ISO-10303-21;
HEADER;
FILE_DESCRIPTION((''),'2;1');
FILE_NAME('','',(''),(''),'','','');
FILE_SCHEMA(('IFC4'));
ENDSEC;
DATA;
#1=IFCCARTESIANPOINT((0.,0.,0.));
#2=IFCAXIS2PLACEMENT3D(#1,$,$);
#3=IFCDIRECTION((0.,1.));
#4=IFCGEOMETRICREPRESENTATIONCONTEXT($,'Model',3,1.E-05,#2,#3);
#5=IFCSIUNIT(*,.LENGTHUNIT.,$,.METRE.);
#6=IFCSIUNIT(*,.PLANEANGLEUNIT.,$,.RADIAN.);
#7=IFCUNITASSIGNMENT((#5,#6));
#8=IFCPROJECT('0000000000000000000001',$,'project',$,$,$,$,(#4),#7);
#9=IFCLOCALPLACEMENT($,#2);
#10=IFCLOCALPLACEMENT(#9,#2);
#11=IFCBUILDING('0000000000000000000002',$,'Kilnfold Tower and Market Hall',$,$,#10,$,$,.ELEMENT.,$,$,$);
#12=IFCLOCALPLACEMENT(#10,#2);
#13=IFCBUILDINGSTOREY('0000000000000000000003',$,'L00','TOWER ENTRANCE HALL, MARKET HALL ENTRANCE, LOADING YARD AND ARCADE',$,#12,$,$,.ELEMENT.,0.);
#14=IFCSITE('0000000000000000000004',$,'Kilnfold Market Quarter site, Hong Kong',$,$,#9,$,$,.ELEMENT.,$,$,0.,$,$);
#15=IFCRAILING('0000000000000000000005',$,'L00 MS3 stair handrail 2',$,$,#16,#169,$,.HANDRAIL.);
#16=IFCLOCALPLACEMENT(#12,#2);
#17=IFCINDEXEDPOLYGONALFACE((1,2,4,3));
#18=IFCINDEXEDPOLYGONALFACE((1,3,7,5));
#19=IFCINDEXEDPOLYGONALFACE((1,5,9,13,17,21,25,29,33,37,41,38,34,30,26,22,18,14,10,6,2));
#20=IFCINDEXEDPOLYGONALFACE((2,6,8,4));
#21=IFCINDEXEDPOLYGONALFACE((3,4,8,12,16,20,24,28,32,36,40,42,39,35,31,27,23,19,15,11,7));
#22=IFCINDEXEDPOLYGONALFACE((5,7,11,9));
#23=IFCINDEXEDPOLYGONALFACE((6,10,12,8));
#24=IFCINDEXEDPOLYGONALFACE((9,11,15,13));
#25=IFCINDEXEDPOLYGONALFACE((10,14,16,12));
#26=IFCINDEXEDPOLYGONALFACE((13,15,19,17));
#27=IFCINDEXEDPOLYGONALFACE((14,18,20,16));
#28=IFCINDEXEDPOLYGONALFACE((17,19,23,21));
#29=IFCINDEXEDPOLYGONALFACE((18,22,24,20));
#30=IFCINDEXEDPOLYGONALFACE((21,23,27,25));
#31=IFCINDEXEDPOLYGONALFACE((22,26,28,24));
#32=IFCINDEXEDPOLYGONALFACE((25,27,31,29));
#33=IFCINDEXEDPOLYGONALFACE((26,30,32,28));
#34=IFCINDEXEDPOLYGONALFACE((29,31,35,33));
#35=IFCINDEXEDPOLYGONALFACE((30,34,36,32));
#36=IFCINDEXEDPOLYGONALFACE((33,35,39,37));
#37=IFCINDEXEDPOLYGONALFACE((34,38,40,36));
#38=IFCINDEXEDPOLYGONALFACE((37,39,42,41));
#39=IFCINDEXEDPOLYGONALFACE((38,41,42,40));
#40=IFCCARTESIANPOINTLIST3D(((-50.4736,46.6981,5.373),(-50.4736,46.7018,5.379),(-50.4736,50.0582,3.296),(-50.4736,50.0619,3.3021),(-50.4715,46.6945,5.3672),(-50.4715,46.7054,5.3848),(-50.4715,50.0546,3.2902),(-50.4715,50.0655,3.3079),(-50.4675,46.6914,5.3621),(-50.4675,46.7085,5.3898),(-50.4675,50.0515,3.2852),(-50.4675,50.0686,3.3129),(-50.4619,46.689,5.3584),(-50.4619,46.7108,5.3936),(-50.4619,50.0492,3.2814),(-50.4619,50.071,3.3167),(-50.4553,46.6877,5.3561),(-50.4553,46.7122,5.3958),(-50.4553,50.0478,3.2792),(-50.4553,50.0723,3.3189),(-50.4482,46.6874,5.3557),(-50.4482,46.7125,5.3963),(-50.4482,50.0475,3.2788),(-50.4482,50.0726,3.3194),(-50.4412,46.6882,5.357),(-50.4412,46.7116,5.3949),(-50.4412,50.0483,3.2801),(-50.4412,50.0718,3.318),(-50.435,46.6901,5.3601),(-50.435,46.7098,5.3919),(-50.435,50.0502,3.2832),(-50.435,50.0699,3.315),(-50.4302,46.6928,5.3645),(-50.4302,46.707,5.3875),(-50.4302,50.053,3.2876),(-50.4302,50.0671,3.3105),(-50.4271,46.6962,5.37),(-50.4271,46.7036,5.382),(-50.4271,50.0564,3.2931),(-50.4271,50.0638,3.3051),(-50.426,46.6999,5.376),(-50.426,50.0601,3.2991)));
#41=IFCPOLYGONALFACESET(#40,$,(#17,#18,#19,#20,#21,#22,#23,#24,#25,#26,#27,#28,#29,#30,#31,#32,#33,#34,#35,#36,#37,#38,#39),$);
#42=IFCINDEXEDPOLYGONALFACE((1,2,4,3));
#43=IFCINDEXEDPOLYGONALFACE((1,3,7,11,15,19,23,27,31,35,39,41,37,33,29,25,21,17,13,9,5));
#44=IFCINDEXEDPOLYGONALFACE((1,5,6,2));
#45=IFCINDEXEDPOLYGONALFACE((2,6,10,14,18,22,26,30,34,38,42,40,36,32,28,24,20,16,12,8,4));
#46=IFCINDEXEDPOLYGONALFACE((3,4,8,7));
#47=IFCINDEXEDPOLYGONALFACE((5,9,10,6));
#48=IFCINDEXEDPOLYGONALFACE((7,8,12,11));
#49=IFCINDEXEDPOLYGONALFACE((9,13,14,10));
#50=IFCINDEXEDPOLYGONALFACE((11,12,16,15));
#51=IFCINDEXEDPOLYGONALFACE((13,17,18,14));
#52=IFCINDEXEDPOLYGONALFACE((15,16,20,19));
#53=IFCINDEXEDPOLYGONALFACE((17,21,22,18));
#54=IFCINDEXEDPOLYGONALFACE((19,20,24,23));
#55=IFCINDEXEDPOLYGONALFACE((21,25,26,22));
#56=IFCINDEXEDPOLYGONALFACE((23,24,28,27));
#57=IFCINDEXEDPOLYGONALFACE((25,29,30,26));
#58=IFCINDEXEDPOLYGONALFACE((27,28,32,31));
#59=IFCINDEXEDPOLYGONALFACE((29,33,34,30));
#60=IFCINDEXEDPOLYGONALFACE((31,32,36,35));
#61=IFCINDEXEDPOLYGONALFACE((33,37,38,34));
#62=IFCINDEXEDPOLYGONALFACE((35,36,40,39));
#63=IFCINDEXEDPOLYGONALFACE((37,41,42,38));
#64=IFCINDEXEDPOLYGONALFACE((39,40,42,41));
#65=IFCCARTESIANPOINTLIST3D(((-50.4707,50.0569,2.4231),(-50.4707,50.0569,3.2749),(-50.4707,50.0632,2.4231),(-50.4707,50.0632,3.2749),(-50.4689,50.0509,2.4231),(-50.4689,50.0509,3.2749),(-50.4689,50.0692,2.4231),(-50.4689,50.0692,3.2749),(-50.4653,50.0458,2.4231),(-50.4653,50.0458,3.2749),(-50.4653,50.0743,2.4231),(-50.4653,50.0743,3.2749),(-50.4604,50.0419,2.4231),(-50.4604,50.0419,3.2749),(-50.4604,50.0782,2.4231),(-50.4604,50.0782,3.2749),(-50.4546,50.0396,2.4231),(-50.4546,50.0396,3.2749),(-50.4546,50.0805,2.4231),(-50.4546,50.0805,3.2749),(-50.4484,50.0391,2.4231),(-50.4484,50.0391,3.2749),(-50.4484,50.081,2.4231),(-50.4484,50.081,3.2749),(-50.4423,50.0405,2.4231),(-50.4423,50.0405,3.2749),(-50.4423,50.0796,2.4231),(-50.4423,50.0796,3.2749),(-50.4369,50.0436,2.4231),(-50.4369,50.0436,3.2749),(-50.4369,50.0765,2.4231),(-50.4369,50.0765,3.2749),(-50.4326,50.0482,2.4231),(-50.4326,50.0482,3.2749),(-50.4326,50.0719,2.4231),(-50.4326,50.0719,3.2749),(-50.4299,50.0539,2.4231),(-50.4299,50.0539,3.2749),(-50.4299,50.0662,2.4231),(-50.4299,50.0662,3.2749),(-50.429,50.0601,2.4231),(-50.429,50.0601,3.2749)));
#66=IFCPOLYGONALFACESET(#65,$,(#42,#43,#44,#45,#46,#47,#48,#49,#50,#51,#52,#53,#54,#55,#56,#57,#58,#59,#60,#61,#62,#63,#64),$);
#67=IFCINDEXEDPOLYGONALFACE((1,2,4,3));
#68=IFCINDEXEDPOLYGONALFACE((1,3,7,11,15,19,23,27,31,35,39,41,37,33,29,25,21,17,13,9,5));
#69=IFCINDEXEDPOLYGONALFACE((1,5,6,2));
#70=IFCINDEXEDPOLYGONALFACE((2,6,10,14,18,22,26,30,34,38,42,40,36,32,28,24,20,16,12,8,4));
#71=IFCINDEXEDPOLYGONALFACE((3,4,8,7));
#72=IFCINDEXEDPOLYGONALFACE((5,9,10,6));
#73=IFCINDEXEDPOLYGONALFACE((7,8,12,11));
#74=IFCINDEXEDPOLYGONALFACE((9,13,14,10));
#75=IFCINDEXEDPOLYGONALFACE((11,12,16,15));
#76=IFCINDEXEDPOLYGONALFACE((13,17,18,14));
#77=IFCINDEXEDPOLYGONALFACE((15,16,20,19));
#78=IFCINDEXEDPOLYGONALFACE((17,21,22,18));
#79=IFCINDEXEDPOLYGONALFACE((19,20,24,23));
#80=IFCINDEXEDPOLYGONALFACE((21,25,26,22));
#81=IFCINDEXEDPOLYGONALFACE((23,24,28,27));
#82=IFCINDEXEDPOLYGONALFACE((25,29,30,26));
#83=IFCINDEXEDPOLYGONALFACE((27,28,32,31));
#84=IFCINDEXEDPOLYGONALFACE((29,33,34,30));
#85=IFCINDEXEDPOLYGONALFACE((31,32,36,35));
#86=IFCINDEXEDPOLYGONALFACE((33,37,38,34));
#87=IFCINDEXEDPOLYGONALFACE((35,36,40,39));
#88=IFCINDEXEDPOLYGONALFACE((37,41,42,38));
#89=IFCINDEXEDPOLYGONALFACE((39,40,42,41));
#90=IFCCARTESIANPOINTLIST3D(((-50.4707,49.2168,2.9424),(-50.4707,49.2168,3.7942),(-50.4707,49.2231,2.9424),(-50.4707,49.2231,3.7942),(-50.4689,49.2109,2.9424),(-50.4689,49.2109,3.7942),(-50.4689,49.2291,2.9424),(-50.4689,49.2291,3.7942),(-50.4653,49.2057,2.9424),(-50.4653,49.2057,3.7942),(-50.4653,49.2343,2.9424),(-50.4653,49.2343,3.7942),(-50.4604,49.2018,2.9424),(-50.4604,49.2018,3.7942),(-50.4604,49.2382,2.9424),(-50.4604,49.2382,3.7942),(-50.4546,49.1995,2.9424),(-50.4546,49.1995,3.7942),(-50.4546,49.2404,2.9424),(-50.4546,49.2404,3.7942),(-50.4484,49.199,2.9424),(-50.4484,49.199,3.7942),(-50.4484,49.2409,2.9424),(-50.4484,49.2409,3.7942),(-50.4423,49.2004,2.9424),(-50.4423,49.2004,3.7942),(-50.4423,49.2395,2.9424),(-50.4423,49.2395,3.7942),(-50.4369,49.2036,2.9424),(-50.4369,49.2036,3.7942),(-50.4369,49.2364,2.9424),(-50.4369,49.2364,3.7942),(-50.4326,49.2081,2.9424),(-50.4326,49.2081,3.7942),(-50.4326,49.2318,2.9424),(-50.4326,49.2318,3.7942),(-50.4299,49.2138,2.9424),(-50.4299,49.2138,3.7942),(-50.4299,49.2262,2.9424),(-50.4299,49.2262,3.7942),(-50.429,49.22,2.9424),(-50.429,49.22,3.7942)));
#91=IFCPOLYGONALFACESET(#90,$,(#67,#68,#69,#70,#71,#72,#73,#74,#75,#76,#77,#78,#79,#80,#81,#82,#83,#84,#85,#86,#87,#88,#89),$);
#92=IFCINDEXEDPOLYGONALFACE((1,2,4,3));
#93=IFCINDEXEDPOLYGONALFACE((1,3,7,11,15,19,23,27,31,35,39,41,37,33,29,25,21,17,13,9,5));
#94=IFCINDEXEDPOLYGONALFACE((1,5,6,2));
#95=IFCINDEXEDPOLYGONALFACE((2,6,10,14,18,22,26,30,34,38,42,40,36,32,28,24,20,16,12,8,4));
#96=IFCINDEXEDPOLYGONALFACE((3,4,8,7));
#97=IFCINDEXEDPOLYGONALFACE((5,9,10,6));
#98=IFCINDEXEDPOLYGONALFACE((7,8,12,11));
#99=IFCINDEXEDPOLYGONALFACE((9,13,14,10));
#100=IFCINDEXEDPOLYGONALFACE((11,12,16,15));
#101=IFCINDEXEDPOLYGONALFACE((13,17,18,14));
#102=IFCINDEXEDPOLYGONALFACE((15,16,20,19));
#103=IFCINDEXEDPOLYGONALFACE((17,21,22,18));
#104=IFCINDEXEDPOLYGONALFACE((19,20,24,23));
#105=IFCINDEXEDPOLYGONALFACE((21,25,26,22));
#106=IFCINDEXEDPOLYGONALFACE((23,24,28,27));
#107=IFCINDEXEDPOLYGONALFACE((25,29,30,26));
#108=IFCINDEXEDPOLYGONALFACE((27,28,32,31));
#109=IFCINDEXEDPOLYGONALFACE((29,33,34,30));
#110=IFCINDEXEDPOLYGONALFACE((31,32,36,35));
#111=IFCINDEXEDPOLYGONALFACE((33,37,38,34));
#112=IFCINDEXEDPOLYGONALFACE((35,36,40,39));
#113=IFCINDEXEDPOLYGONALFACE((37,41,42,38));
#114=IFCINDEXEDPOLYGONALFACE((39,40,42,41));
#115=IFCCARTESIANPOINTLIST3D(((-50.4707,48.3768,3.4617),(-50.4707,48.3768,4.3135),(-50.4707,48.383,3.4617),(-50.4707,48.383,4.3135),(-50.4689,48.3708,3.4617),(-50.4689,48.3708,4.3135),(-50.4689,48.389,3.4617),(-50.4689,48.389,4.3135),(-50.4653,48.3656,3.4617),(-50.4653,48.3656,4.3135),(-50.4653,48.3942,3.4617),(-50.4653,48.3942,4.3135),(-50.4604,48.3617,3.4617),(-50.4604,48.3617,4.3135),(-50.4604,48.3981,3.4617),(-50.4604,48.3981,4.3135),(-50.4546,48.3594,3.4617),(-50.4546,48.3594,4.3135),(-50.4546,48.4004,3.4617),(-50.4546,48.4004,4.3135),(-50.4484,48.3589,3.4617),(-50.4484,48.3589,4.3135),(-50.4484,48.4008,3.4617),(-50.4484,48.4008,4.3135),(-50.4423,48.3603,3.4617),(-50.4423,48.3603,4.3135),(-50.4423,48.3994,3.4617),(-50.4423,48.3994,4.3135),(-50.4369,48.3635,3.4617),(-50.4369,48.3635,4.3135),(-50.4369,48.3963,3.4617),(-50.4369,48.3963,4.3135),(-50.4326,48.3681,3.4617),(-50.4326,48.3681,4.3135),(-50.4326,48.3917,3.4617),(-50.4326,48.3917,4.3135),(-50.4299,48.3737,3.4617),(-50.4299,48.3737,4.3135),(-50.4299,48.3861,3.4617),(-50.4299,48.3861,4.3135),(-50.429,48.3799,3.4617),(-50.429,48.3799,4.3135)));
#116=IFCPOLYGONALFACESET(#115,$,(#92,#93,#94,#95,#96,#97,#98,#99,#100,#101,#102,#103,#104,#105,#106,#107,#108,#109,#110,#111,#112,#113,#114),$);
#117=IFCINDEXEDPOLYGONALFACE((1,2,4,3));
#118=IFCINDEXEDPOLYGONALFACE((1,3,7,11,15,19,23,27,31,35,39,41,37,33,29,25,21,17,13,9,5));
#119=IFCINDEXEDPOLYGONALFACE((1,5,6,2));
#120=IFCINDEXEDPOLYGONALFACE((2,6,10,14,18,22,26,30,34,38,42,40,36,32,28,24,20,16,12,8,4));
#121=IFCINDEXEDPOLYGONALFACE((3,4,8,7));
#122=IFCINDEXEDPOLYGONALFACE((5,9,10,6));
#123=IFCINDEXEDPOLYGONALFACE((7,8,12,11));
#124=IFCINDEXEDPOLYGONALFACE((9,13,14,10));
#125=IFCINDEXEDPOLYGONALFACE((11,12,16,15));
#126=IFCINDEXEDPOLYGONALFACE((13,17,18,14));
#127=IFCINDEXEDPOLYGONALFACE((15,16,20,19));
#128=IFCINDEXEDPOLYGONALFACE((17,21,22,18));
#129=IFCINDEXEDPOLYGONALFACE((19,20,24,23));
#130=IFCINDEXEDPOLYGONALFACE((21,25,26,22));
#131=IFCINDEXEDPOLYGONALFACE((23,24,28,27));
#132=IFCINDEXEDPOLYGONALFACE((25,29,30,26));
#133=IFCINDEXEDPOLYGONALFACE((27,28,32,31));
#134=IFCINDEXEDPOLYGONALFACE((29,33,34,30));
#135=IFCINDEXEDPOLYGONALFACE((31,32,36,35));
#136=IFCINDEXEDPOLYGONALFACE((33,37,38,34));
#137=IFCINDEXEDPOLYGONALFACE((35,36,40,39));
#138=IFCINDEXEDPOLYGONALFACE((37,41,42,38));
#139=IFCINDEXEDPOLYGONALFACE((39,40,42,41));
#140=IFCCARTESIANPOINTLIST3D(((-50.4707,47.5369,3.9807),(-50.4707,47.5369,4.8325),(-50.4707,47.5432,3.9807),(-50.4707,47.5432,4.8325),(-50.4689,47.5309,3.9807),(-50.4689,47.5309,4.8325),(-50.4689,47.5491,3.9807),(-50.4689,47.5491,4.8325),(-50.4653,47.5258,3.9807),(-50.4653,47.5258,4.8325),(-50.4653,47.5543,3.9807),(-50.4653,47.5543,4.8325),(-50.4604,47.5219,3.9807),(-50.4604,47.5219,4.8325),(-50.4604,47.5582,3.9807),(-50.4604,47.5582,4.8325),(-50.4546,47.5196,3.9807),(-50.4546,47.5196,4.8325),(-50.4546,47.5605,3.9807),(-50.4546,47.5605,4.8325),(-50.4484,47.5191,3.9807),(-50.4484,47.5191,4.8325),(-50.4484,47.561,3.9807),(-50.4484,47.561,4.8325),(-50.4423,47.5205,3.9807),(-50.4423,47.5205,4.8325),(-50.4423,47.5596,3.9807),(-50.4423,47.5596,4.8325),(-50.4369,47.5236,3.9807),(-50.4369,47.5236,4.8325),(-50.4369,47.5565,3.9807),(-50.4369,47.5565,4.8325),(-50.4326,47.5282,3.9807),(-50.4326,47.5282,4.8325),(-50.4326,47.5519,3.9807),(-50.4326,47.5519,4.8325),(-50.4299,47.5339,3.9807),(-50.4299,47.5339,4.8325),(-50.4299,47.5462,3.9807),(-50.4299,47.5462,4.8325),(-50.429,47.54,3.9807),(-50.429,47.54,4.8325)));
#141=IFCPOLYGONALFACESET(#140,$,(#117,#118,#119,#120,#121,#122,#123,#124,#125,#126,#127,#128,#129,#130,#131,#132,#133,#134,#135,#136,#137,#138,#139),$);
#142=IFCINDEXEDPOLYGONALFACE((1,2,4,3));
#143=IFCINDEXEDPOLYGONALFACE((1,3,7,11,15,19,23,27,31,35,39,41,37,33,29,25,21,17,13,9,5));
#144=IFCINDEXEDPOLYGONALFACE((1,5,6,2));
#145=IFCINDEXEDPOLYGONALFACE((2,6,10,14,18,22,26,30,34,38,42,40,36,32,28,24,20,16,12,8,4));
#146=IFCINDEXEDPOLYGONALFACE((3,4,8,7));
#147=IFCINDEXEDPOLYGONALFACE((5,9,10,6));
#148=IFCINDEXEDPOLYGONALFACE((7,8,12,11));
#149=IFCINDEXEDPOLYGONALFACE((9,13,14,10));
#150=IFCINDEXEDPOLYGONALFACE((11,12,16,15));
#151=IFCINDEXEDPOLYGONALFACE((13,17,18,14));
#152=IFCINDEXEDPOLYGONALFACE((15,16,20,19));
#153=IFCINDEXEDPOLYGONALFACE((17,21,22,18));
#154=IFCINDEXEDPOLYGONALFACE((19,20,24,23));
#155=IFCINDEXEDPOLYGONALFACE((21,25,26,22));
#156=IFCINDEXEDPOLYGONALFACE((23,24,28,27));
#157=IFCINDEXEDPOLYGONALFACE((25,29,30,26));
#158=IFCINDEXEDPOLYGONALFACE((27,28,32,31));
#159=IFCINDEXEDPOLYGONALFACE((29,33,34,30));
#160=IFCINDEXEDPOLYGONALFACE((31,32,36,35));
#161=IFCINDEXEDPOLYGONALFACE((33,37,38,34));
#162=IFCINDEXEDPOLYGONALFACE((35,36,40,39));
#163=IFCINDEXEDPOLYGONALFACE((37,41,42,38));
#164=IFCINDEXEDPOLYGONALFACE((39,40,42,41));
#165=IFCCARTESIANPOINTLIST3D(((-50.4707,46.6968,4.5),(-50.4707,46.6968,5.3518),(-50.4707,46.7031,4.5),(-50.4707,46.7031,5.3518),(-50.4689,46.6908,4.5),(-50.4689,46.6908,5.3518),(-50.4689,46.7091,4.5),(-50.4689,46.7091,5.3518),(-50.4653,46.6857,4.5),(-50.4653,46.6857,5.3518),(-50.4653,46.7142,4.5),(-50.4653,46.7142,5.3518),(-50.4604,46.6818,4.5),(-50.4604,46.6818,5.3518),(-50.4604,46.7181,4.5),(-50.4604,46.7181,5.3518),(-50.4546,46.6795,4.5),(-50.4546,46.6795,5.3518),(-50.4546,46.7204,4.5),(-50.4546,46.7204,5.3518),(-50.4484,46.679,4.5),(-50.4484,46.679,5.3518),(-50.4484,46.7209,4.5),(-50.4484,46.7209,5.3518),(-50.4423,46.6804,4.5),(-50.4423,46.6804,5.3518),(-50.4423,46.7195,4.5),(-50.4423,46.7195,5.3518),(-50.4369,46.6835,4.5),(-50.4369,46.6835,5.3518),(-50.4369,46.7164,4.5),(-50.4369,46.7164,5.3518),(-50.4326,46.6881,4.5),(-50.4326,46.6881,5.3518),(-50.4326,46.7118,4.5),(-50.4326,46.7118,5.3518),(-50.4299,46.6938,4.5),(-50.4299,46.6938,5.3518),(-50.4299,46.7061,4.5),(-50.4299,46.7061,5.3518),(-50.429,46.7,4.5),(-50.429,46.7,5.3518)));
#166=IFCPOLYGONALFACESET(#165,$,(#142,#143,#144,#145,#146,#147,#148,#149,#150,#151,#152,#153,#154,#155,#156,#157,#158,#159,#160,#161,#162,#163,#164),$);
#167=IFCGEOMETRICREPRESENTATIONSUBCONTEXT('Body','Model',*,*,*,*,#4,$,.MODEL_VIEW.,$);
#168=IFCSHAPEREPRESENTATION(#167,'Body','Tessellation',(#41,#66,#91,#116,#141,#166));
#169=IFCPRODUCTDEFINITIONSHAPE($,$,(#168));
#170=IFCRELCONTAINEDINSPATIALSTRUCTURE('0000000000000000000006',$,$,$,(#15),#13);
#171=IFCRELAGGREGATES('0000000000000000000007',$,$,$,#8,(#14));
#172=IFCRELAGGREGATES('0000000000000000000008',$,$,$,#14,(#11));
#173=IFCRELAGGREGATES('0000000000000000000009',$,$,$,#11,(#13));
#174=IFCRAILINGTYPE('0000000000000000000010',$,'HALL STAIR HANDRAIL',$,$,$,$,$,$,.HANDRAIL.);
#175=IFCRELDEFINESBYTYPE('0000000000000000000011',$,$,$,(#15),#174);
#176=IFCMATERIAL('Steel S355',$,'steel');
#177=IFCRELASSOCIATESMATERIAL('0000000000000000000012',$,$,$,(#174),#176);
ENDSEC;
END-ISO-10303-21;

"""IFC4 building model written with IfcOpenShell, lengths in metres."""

from ifc_helpers import new_model, si_unit, direction, frame, origin, origin_2d, place, context, subcontext, project, spatial, circle, extrude, material, type_object, element, save


model = new_model("IFC4")

# Units and contexts
model_context = context("Model", 3, precision=1e-05, world=origin(), true_north=direction((0.0, 1.0)))
body_context = subcontext(model_context, "Body", "Model", "MODEL_VIEW")
ifc_project = project(units=[si_unit("LENGTHUNIT", "METRE"), si_unit("PLANEANGLEUNIT", "RADIAN")], contexts=[model_context])

# Site, building, storey
site_placement = place(None, origin())
site = spatial("IfcSite", under=ifc_project, at=site_placement, Name="Kilnfold Market Quarter site, Hong Kong", CompositionType="ELEMENT", RefElevation=0.0)
building_placement = place(site_placement, origin())
building = spatial("IfcBuilding", under=site, at=building_placement, Name="Kilnfold Tower and Market Hall", CompositionType="ELEMENT")
storey_placement = place(building_placement, origin())
storey = spatial("IfcBuildingStorey", under=building, at=storey_placement, Name="L00", Description="TOWER ENTRANCE HALL, MARKET HALL ENTRANCE, LOADING YARD AND ARCADE", CompositionType="ELEMENT", Elevation=0.0)

# Railing
ifc_material_1 = material(Name="Steel S355", Category="steel")
railing_type_1 = type_object("IfcRailingType", Name="HALL STAIR HANDRAIL", PredefinedType="HANDRAIL", material=ifc_material_1)
railing_1_placement = place(storey_placement, frame((-50.45, 50.0601, 2.4231)))
element("IfcRailing", 1, at=railing_1_placement, inside=storey, type_object=railing_type_1, Name="L00 MS3 stair handrail 2", PredefinedType="HANDRAIL", context=body_context, shape_type="SweptSolid", body=[
    extrude(circle(Radius=0.0239, at=origin_2d()), frame((0.0, 0.0, 0.876), z_axis=(0.0, -0.850623, 0.525776), x_axis=(1.0, 0.0, 0.0)), (0.0, 0.0, 1.0), 3.9502),
    extrude(circle(Radius=0.021, at=origin_2d()), origin(), (0.0, 0.0, 1.0), 0.8518),
    extrude(circle(Radius=0.021, at=origin_2d()), frame((0.0, -0.8401, 0.5193)), (0.0, 0.0, 1.0), 0.8518),
    extrude(circle(Radius=0.021, at=origin_2d()), frame((0.0, -1.6802, 1.0386)), (0.0, 0.0, 1.0), 0.8518),
    extrude(circle(Radius=0.021, at=origin_2d()), frame((0.0, -2.52, 1.5576)), (0.0, 0.0, 1.0), 0.8518),
    extrude(circle(Radius=0.021, at=origin_2d()), frame((0.0, -3.3601, 2.0769)), (0.0, 0.0, 1.0), 0.8518),
])

save(model, "model.ifc")
